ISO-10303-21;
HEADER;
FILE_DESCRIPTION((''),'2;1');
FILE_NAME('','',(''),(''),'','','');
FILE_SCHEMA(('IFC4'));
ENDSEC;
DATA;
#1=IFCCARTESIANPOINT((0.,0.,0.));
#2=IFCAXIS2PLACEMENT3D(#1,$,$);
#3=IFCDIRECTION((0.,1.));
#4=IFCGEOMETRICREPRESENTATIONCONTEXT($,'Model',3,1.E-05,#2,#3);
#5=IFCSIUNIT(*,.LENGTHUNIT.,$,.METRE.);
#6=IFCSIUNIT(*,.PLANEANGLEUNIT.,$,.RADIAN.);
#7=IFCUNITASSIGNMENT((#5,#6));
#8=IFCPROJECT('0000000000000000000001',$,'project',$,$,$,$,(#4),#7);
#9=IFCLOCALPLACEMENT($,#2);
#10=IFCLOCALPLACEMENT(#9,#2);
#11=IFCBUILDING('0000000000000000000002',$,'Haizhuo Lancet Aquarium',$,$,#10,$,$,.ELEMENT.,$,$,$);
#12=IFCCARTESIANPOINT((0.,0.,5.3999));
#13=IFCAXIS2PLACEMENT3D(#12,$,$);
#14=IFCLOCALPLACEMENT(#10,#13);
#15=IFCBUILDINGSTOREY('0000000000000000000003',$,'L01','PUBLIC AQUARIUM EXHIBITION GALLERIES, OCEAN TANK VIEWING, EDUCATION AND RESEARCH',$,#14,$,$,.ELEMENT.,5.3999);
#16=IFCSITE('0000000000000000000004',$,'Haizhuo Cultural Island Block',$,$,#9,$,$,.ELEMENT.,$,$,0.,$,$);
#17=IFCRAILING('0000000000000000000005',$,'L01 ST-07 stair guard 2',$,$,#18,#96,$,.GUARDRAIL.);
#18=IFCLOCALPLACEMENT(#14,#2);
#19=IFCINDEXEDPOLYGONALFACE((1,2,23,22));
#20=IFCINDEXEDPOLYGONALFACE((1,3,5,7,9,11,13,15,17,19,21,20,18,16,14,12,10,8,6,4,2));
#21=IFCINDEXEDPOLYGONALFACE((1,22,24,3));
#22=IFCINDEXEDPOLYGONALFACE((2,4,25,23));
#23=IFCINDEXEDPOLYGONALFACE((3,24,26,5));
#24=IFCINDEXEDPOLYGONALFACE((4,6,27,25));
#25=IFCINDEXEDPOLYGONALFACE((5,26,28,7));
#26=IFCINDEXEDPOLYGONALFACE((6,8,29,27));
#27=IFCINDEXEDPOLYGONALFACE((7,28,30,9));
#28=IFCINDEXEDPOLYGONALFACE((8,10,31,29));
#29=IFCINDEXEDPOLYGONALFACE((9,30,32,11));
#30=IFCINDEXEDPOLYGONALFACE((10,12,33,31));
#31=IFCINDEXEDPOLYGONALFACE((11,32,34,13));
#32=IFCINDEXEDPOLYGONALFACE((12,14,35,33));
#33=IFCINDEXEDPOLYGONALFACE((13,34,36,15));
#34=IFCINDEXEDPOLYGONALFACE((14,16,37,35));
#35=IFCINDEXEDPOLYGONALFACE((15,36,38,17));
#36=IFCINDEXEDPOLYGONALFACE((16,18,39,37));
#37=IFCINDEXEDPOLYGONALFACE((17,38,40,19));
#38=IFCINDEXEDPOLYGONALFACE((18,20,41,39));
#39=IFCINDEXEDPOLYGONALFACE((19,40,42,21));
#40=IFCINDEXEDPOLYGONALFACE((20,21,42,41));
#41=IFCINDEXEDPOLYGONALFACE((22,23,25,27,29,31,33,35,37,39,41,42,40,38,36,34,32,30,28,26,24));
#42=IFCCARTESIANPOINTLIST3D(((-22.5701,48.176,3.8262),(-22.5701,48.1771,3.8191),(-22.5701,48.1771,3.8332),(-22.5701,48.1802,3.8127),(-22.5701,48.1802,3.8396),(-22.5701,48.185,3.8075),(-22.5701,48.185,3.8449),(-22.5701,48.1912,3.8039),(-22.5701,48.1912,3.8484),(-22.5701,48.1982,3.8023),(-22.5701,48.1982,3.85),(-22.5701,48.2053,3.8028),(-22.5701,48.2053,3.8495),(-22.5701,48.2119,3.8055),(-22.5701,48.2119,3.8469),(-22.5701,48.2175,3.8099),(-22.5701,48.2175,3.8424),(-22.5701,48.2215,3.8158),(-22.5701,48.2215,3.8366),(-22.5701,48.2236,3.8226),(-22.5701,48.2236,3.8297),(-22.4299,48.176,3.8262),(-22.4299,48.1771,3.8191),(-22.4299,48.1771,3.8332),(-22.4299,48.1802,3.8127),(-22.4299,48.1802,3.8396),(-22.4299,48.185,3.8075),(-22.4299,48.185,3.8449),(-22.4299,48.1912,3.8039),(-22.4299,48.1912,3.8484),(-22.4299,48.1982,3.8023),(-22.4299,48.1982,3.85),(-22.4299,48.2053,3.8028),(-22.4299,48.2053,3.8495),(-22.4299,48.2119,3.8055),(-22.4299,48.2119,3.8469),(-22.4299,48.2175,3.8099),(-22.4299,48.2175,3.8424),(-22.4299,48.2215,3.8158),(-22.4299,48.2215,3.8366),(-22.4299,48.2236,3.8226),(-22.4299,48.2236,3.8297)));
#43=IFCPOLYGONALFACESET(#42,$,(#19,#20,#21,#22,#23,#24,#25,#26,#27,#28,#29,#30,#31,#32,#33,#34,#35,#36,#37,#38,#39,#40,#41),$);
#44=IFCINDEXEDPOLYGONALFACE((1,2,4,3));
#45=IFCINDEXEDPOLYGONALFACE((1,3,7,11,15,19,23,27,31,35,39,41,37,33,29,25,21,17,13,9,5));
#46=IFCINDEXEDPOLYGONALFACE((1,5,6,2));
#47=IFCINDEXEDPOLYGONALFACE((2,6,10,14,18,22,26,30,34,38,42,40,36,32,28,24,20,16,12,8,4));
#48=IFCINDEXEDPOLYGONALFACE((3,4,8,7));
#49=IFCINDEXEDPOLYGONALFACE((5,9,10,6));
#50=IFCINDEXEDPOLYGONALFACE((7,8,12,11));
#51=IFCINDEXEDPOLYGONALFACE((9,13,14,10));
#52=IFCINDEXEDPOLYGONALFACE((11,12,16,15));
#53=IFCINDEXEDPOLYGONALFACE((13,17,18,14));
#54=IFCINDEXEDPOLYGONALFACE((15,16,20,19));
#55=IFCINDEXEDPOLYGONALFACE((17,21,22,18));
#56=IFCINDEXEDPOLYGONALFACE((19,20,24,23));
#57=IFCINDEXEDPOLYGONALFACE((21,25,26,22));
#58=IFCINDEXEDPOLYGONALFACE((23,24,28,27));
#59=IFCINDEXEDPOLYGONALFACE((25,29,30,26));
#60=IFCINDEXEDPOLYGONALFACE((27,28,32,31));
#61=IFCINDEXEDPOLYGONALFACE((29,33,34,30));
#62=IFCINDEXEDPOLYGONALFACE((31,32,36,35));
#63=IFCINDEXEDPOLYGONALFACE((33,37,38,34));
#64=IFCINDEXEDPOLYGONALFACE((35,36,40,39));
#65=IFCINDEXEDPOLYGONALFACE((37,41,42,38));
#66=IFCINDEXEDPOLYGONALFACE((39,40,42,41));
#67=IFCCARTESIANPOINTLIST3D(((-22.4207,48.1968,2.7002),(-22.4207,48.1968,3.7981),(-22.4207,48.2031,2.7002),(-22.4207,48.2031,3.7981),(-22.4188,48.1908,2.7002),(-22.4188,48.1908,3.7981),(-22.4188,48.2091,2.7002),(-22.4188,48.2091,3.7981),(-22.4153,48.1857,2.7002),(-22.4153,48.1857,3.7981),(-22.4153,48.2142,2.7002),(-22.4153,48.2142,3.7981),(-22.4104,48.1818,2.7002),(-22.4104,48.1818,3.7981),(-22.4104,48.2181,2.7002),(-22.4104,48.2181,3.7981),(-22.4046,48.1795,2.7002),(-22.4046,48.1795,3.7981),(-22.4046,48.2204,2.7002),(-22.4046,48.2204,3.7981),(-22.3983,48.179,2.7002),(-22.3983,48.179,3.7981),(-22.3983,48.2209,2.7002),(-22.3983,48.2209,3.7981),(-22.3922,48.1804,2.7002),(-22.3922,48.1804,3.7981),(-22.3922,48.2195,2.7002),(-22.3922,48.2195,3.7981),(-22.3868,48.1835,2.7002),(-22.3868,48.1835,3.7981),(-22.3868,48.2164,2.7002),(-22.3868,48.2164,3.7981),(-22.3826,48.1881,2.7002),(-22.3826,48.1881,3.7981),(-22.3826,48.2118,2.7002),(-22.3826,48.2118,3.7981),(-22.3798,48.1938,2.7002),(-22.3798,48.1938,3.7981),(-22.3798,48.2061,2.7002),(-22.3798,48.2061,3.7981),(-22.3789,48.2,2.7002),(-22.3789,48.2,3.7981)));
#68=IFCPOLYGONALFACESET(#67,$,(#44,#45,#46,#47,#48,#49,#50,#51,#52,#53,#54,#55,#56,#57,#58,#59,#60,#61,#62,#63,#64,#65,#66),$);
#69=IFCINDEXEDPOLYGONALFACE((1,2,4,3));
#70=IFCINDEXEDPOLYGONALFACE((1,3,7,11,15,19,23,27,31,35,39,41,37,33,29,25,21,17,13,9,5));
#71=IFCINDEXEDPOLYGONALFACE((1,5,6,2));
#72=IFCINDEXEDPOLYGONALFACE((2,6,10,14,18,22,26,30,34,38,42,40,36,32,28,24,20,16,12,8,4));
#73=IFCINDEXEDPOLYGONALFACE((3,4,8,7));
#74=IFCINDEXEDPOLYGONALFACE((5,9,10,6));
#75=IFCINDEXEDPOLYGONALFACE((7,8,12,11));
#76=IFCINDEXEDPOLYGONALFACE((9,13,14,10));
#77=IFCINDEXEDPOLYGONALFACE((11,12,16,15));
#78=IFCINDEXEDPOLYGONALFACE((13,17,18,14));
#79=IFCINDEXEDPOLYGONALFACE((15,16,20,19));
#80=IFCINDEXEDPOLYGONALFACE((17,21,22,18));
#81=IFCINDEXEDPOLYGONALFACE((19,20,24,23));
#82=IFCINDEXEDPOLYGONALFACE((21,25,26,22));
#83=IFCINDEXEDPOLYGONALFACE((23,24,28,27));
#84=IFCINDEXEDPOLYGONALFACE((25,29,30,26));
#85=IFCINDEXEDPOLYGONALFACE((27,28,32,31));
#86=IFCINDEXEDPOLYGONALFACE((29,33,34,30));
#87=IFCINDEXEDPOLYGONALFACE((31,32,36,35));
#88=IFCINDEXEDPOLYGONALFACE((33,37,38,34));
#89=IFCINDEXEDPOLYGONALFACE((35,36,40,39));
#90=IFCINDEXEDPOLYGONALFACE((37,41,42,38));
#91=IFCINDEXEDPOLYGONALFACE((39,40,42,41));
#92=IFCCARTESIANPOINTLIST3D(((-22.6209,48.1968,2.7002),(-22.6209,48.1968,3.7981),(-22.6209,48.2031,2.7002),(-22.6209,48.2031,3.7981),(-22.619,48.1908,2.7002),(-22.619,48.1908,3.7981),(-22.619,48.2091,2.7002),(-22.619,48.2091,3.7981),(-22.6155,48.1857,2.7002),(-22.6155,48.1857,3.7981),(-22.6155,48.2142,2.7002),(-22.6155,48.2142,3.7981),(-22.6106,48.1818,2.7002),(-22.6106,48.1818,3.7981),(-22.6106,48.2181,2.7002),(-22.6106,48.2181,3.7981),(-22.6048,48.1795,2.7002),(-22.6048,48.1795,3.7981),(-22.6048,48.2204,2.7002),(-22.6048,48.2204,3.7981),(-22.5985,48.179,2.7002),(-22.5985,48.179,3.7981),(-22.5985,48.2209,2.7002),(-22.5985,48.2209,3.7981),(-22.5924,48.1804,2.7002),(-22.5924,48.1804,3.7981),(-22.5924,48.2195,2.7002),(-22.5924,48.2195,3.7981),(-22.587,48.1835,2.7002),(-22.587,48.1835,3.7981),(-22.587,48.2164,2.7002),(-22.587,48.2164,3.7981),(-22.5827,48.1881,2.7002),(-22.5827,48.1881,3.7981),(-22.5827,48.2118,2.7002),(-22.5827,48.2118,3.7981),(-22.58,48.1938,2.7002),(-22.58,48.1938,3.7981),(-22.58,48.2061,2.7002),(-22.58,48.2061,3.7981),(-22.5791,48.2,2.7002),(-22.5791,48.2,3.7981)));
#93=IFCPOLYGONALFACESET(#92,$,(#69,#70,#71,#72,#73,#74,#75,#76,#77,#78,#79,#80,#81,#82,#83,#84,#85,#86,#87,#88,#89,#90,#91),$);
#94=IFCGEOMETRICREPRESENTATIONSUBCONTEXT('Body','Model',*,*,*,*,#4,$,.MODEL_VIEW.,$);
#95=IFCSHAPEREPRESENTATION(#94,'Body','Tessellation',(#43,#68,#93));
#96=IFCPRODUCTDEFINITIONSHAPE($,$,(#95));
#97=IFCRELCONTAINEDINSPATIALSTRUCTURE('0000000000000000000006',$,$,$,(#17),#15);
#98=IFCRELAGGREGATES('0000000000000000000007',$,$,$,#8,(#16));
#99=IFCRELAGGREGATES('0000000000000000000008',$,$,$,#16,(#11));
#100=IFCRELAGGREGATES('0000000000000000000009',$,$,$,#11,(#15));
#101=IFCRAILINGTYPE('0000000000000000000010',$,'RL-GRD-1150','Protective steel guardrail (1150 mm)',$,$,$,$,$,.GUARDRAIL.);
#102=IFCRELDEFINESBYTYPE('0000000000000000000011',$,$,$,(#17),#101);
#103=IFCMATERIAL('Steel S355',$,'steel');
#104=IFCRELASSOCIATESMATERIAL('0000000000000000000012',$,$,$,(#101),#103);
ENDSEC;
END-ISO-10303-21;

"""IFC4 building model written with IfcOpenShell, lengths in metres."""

from ifc_helpers import new_model, si_unit, direction, frame, origin, origin_2d, place, context, subcontext, project, spatial, circle, extrude, material, type_object, element, save


model = new_model("IFC4")

# Units and contexts
model_context = context("Model", 3, precision=1e-05, world=origin(), true_north=direction((0.0, 1.0)))
body_context = subcontext(model_context, "Body", "Model", "MODEL_VIEW")
ifc_project = project(units=[si_unit("LENGTHUNIT", "METRE"), si_unit("PLANEANGLEUNIT", "RADIAN")], contexts=[model_context])

# Site, building, storey
site_placement = place(None, origin())
site = spatial("IfcSite", under=ifc_project, at=site_placement, Name="Haizhuo Cultural Island Block", CompositionType="ELEMENT", RefElevation=0.0)
building_placement = place(site_placement, origin())
building = spatial("IfcBuilding", under=site, at=building_placement, Name="Haizhuo Lancet Aquarium", CompositionType="ELEMENT")
storey_placement = place(building_placement, frame((0.0, 0.0, 5.3999)))
storey = spatial("IfcBuildingStorey", under=building, at=storey_placement, Name="L01", Description="PUBLIC AQUARIUM EXHIBITION GALLERIES, OCEAN TANK VIEWING, EDUCATION AND RESEARCH", CompositionType="ELEMENT", Elevation=5.3999)

# Shared definitions
ifc_material_1 = material(Name="Steel S355", Category="steel")

# Railing
railing_type_1 = type_object("IfcRailingType", Name="RL-GRD-1150", Description="Protective steel guardrail (1150 mm)", PredefinedType="GUARDRAIL", material=ifc_material_1)
railing_1_placement = place(storey_placement, frame((-22.3999, 48.2, 2.7002)))
element("IfcRailing", 1, at=railing_1_placement, inside=storey, type_object=railing_type_1, Name="L01 ST-07 stair guard 2", PredefinedType="GUARDRAIL", context=body_context, shape_type="SweptSolid", body=[
    extrude(circle(Radius=0.0239, at=origin_2d()), frame((-0.03, 0.0, 1.126), z_axis=(-1.0, 0.0, 0.0), x_axis=(0.0, -1.0, 0.0)), (0.0, 0.0, 1.0), 0.1401),
    extrude(circle(Radius=0.021, at=origin_2d()), origin(), (0.0, 0.0, 1.0), 1.0979),
    extrude(circle(Radius=0.021, at=origin_2d()), frame((-0.2002, 0.0, 0.0)), (0.0, 0.0, 1.0), 1.0979),
])

save(model, "model.ifc")
